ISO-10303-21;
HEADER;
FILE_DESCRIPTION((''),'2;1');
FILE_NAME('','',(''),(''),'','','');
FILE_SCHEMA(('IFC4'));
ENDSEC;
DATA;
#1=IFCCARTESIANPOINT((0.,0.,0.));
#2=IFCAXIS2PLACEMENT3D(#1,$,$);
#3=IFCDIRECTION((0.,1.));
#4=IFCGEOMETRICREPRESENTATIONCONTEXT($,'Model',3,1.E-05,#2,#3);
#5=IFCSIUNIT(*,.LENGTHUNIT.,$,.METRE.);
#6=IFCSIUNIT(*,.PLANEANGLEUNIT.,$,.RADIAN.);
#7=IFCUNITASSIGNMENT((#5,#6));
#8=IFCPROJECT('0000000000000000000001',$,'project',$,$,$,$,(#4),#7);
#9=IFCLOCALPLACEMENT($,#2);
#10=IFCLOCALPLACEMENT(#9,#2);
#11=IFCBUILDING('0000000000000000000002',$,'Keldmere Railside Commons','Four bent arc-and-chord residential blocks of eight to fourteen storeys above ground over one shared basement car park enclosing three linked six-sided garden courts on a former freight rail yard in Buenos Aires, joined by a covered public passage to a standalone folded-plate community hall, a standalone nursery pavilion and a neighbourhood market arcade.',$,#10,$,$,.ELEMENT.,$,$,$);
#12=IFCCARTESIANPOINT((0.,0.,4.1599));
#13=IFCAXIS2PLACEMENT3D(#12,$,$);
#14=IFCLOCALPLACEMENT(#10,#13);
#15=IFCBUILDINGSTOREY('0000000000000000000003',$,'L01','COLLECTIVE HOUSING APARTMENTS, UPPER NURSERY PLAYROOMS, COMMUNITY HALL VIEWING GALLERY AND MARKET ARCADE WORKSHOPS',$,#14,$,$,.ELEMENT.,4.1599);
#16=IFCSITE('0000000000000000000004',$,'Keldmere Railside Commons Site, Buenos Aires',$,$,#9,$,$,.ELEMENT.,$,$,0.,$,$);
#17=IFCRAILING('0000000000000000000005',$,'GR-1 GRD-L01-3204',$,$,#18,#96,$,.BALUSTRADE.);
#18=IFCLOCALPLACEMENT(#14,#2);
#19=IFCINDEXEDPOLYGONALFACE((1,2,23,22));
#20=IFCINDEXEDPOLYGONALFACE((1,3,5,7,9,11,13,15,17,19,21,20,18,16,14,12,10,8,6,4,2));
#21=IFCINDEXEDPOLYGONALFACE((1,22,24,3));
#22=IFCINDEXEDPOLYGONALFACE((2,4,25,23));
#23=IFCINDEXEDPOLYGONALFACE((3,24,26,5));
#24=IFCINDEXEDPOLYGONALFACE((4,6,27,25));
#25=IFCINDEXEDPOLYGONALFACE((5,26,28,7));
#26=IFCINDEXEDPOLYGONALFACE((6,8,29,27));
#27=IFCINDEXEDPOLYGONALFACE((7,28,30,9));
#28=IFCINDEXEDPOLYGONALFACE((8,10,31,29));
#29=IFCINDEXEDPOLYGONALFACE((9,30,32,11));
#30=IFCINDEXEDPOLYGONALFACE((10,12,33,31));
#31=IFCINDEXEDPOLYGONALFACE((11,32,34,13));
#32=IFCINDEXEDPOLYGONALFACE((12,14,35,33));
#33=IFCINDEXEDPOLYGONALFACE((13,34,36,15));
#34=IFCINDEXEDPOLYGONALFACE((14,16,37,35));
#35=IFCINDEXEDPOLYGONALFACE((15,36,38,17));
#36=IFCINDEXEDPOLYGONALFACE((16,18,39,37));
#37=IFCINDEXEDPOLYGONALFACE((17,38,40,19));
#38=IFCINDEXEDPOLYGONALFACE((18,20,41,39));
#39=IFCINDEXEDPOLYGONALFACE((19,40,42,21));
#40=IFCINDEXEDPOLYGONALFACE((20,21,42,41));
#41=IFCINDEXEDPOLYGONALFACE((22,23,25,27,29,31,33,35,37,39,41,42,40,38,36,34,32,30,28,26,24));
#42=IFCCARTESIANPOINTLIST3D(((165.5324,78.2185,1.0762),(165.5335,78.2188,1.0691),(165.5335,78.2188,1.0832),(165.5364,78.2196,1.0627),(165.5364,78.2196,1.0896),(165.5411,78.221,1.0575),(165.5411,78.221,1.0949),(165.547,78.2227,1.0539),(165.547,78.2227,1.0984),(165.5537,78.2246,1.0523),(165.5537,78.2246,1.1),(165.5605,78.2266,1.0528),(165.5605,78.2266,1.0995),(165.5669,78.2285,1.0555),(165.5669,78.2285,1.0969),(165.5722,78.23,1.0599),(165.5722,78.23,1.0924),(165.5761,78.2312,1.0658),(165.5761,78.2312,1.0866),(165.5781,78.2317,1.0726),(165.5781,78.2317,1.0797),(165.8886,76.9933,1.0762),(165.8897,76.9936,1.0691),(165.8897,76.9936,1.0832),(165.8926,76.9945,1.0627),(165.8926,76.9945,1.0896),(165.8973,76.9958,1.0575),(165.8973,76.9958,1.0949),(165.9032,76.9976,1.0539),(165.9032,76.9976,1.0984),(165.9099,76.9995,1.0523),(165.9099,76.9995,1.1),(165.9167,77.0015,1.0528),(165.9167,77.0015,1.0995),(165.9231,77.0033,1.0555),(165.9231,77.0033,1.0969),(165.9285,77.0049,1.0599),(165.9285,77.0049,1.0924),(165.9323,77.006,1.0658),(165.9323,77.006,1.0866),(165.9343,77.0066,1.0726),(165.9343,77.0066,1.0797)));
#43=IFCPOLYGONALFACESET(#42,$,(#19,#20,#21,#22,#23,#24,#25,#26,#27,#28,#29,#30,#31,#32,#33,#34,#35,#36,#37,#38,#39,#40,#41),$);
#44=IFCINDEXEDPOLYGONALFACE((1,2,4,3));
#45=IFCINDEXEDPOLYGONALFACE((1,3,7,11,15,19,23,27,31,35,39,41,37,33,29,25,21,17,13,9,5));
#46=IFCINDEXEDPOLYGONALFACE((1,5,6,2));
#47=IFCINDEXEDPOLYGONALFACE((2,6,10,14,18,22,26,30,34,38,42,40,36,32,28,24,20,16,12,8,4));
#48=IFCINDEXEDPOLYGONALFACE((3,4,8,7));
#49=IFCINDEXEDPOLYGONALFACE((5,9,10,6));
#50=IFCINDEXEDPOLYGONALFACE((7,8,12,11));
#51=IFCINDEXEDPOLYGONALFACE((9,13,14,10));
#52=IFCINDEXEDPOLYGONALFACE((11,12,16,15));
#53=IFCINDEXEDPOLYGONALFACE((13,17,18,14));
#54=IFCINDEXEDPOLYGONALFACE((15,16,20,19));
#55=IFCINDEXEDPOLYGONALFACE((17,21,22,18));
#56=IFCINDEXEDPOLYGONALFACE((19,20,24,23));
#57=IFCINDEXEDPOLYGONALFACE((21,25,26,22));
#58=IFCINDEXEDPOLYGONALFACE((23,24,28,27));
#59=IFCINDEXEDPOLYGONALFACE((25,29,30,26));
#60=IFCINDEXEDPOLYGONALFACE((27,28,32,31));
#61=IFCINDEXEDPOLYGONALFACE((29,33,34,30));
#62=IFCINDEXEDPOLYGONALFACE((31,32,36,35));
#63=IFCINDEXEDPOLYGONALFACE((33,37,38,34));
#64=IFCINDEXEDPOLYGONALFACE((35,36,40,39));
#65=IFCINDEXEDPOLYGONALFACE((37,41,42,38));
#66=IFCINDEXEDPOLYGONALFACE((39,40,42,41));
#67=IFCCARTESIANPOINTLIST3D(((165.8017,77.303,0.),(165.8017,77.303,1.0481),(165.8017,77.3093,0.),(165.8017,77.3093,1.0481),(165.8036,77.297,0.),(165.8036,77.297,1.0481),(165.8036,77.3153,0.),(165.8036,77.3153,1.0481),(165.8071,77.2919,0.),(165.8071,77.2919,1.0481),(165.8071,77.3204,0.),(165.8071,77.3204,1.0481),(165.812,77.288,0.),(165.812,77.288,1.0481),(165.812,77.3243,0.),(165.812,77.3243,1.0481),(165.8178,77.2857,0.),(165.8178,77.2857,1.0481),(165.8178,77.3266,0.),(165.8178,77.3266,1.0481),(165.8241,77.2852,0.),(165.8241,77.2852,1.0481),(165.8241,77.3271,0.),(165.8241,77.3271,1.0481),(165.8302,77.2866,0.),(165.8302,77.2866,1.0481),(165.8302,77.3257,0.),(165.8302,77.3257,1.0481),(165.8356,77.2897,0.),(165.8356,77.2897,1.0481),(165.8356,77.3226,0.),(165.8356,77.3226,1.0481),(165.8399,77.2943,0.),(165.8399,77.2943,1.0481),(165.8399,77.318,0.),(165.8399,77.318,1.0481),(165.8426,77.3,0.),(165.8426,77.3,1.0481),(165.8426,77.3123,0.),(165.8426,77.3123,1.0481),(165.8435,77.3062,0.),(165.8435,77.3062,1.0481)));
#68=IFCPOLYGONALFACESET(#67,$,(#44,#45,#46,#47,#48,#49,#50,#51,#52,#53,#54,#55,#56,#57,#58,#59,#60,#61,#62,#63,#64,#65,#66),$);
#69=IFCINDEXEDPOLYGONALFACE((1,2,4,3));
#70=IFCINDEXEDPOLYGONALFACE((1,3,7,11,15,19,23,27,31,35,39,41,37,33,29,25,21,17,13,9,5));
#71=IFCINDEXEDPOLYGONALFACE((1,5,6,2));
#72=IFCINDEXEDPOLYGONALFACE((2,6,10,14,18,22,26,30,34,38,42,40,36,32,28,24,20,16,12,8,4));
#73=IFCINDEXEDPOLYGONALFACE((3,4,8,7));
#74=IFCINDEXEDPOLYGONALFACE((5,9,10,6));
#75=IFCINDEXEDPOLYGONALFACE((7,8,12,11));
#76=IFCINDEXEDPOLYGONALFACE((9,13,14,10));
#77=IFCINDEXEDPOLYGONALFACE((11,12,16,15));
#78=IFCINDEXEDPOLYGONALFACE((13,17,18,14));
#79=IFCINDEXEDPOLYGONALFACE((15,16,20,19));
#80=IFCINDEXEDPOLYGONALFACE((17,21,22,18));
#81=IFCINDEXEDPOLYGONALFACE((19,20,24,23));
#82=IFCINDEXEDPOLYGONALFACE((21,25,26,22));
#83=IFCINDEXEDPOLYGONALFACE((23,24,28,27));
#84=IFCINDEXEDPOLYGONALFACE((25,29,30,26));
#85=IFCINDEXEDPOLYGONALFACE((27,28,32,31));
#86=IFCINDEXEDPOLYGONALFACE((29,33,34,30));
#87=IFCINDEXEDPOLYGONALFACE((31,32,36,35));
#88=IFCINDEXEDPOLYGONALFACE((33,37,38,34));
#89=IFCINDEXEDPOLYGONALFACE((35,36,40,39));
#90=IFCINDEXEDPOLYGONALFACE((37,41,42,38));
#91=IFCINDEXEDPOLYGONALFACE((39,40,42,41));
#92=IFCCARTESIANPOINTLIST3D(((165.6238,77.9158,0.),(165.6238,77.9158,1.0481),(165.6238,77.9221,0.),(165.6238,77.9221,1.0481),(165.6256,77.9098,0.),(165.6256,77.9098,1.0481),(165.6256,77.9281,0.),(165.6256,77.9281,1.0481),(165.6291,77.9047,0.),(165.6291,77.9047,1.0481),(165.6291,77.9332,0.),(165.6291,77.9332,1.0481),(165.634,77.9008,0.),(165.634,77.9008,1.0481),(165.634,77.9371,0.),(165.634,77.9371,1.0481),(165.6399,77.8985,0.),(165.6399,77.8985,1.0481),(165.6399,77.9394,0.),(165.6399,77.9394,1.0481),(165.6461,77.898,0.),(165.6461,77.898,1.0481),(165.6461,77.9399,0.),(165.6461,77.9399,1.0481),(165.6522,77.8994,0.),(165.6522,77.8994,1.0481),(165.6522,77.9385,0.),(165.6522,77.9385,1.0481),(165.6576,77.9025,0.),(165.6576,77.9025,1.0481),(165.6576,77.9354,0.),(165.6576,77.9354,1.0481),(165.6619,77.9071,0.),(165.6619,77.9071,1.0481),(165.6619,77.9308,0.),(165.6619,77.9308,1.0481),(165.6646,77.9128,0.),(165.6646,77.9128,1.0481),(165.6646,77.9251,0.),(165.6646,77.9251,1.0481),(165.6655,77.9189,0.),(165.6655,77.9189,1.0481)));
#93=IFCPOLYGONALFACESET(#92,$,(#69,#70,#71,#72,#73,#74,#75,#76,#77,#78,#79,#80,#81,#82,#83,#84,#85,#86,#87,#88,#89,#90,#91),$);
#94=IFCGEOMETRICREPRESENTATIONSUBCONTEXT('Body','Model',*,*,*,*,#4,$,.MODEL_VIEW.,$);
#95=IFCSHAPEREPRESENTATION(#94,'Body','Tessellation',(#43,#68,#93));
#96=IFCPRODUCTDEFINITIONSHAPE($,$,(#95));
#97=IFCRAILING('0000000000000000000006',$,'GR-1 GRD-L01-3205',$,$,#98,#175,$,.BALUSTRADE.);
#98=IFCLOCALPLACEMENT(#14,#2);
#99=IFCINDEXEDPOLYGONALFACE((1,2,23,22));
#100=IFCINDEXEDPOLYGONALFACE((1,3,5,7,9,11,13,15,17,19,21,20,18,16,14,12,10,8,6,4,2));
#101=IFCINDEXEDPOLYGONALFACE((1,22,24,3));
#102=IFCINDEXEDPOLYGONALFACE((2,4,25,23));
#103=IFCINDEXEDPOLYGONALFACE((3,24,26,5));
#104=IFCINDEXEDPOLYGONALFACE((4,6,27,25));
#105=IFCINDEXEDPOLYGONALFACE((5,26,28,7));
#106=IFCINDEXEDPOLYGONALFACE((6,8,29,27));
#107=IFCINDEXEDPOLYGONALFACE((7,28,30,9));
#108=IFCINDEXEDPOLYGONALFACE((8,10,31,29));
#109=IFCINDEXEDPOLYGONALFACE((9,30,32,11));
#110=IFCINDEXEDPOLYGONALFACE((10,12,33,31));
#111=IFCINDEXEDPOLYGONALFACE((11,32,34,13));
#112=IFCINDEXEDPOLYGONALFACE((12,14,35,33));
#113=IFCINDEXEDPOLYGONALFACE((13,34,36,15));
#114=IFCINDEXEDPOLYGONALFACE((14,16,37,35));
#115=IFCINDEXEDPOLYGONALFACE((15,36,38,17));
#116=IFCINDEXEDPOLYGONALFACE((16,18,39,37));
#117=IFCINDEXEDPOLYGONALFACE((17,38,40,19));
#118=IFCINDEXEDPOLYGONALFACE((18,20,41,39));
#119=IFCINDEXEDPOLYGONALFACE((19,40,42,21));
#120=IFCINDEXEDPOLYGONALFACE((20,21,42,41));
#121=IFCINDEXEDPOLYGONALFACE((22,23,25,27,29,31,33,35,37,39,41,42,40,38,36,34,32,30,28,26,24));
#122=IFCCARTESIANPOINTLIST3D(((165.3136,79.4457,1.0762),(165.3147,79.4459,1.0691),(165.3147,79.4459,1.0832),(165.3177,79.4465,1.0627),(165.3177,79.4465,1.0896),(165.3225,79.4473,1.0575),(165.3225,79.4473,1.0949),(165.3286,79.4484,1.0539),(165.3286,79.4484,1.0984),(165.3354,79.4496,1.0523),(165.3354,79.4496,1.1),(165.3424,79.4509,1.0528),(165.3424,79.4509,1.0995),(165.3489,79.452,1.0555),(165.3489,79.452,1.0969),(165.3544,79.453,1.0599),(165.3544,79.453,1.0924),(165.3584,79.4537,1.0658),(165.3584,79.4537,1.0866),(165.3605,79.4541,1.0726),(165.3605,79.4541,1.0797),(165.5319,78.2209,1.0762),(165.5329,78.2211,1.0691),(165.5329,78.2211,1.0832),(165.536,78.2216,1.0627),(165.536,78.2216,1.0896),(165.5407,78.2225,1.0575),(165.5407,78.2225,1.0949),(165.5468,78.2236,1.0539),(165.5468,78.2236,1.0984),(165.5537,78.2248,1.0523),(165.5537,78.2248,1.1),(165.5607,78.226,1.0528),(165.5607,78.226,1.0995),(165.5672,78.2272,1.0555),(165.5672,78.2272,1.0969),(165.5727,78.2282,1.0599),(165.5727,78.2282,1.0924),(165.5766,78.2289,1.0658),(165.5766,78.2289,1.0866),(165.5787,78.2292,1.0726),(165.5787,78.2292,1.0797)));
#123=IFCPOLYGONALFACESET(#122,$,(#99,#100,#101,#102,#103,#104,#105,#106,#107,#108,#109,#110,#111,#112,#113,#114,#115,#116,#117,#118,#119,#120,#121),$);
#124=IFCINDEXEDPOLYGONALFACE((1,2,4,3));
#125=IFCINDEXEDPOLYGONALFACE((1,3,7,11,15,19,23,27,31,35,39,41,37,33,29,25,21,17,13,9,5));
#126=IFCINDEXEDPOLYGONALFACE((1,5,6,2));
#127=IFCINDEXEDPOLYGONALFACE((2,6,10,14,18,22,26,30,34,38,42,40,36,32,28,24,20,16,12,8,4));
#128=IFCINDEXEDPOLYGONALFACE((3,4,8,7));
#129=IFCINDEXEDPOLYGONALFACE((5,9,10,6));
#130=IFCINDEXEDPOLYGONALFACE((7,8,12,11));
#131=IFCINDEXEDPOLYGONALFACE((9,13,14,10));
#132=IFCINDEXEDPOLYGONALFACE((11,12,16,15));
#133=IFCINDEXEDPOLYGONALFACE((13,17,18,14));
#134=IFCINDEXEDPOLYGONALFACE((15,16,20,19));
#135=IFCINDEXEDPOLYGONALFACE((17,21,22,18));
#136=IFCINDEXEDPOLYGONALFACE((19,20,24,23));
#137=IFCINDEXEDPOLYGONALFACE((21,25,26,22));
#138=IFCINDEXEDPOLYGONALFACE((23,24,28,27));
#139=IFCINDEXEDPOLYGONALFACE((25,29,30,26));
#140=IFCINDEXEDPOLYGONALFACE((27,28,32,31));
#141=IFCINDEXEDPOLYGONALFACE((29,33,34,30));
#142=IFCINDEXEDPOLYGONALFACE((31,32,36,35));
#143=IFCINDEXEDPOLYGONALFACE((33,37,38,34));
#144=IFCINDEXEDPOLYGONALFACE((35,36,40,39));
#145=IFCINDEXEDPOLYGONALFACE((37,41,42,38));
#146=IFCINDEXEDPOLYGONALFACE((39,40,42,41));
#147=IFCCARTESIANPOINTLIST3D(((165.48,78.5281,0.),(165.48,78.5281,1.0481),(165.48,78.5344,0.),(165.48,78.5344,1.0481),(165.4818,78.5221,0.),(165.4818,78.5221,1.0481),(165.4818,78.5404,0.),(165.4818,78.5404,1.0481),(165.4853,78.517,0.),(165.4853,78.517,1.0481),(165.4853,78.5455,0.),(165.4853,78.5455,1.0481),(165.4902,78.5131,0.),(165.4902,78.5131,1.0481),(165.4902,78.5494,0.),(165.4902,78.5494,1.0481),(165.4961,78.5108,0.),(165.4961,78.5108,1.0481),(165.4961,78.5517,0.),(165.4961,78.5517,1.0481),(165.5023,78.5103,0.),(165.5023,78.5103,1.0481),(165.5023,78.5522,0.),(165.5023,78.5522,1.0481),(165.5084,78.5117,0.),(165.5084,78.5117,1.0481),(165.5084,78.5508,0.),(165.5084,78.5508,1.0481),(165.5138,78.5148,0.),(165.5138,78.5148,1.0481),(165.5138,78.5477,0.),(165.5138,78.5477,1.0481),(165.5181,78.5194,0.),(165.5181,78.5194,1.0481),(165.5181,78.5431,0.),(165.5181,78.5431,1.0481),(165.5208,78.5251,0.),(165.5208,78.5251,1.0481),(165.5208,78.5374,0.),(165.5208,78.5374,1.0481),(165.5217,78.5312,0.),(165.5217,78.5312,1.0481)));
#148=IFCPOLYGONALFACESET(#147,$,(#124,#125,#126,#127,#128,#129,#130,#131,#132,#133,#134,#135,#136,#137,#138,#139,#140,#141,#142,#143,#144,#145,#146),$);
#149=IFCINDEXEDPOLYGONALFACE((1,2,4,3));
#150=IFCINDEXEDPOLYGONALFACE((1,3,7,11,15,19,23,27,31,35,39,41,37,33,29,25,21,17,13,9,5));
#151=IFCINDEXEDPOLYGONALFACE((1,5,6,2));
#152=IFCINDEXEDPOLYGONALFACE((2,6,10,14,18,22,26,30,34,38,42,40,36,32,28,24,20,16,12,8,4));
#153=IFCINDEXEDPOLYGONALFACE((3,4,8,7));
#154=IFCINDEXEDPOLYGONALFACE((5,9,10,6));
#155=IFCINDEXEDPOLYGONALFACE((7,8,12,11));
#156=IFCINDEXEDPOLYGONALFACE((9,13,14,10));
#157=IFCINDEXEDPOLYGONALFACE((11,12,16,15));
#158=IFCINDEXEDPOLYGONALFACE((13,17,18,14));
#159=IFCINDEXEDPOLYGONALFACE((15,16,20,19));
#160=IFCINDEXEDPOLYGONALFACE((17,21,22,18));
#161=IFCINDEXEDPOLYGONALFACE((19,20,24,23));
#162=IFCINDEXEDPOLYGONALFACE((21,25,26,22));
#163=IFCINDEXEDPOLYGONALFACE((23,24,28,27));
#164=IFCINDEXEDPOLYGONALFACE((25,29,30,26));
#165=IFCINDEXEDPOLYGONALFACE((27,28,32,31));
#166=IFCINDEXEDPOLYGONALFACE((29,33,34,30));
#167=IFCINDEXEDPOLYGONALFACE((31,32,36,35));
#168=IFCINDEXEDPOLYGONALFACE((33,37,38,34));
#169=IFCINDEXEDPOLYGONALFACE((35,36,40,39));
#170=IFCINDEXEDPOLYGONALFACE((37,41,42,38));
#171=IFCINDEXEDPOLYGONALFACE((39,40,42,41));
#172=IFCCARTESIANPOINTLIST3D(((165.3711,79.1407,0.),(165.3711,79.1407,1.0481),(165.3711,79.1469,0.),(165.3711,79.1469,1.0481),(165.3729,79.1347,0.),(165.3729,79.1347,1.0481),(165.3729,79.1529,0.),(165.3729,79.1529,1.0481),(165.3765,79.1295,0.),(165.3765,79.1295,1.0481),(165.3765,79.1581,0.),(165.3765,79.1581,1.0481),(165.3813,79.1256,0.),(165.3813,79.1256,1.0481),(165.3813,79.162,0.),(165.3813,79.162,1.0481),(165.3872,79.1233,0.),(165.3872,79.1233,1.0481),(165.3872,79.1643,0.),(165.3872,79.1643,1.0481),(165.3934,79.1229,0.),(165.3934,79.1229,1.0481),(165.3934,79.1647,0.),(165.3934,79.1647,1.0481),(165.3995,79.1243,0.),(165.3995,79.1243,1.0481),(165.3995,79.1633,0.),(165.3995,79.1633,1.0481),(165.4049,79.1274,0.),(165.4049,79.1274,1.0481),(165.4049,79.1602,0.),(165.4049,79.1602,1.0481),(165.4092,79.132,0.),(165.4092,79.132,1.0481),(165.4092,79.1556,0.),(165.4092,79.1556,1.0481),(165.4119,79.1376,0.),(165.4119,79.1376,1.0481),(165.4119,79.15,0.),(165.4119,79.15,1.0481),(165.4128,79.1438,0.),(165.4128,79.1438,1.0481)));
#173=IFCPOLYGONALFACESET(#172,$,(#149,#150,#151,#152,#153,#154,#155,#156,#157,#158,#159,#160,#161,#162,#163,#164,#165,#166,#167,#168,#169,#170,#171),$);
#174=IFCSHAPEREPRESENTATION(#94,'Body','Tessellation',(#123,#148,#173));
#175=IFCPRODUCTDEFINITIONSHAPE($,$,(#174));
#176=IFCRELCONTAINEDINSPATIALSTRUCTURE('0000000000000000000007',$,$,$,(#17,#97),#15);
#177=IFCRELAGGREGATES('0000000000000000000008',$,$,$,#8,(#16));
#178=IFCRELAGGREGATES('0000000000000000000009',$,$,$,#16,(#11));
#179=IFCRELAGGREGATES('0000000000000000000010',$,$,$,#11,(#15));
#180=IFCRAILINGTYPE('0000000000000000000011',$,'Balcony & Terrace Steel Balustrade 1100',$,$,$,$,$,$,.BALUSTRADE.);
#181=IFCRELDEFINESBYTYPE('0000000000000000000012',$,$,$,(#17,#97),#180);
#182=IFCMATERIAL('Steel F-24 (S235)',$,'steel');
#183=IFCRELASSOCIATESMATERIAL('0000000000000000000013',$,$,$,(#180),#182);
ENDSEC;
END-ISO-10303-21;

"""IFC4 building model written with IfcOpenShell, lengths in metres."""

from ifc_helpers import new_model, si_unit, direction, frame, origin, origin_2d, place, context, subcontext, project, spatial, circle, extrude, material, type_object, element, save


model = new_model("IFC4")

# Units and contexts
model_context = context("Model", 3, precision=1e-05, world=origin(), true_north=direction((0.0, 1.0)))
body_context = subcontext(model_context, "Body", "Model", "MODEL_VIEW")
ifc_project = project(units=[si_unit("LENGTHUNIT", "METRE"), si_unit("PLANEANGLEUNIT", "RADIAN")], contexts=[model_context])

# Site, building, storey
site_placement = place(None, origin())
site = spatial("IfcSite", under=ifc_project, at=site_placement, Name="Keldmere Railside Commons Site, Buenos Aires", CompositionType="ELEMENT", RefElevation=0.0)
building_placement = place(site_placement, origin())
building = spatial("IfcBuilding", under=site, at=building_placement, Name="Keldmere Railside Commons", Description="Four bent arc-and-chord residential blocks of eight to fourteen storeys above ground over one shared basement car park enclosing three linked six-sided garden courts on a former freight rail yard in Buenos Aires, joined by a covered public passage to a standalone folded-plate community hall, a standalone nursery pavilion and a neighbourhood market arcade.", CompositionType="ELEMENT")
storey_placement = place(building_placement, frame((0.0, 0.0, 4.1599)))
storey = spatial("IfcBuildingStorey", under=building, at=storey_placement, Name="L01", Description="COLLECTIVE HOUSING APARTMENTS, UPPER NURSERY PLAYROOMS, COMMUNITY HALL VIEWING GALLERY AND MARKET ARCADE WORKSHOPS", CompositionType="ELEMENT", Elevation=4.1599)

# Railings
ifc_material_1 = material(Name="Steel F-24 (S235)", Category="steel")
railing_type = type_object("IfcRailingType", Name="Balcony & Terrace Steel Balustrade 1100", PredefinedType="BALUSTRADE", material=ifc_material_1)
railing_1_placement = place(storey_placement, frame((165.9116, 77.0, 0.0)))
element("IfcRailing", 1, at=railing_1_placement, inside=storey, type_object=railing_type, Name="GR-1 GRD-L01-3204", PredefinedType="BALUSTRADE", context=body_context, shape_type="SweptSolid", body=[
    extrude(circle(Radius=0.0239, at=origin_2d()), frame((0.0, 0.0, 1.0762), z_axis=(-0.279192, 0.960235, 0.0), x_axis=(-0.960235, -0.279192, 0.0)), (0.0, 0.0, 1.0), 1.2759),
    extrude(circle(Radius=0.021, at=origin_2d()), frame((-0.0891, 0.3062, 0.0)), (0.0, 0.0, 1.0), 1.0481),
    extrude(circle(Radius=0.021, at=origin_2d()), frame((-0.2671, 0.9189, 0.0)), (0.0, 0.0, 1.0), 1.0481),
])
railing_2_placement = place(storey_placement, frame((165.5554, 78.2251, 0.0)))
element("IfcRailing", 2, at=railing_2_placement, inside=storey, type_object=railing_type, Name="GR-1 GRD-L01-3205", PredefinedType="BALUSTRADE", context=body_context, shape_type="SweptSolid", body=[
    extrude(circle(Radius=0.0239, at=origin_2d()), frame((0.0, 0.0, 1.0762), z_axis=(-0.175431, 0.984492, 0.0), x_axis=(-0.984492, -0.175431, 0.0)), (0.0, 0.0, 1.0), 1.2441),
    extrude(circle(Radius=0.021, at=origin_2d()), frame((-0.0547, 0.3062, 0.0)), (0.0, 0.0, 1.0), 1.0481),
    extrude(circle(Radius=0.021, at=origin_2d()), frame((-0.1636, 0.9187, 0.0)), (0.0, 0.0, 1.0), 1.0481),
])

save(model, "model.ifc")
